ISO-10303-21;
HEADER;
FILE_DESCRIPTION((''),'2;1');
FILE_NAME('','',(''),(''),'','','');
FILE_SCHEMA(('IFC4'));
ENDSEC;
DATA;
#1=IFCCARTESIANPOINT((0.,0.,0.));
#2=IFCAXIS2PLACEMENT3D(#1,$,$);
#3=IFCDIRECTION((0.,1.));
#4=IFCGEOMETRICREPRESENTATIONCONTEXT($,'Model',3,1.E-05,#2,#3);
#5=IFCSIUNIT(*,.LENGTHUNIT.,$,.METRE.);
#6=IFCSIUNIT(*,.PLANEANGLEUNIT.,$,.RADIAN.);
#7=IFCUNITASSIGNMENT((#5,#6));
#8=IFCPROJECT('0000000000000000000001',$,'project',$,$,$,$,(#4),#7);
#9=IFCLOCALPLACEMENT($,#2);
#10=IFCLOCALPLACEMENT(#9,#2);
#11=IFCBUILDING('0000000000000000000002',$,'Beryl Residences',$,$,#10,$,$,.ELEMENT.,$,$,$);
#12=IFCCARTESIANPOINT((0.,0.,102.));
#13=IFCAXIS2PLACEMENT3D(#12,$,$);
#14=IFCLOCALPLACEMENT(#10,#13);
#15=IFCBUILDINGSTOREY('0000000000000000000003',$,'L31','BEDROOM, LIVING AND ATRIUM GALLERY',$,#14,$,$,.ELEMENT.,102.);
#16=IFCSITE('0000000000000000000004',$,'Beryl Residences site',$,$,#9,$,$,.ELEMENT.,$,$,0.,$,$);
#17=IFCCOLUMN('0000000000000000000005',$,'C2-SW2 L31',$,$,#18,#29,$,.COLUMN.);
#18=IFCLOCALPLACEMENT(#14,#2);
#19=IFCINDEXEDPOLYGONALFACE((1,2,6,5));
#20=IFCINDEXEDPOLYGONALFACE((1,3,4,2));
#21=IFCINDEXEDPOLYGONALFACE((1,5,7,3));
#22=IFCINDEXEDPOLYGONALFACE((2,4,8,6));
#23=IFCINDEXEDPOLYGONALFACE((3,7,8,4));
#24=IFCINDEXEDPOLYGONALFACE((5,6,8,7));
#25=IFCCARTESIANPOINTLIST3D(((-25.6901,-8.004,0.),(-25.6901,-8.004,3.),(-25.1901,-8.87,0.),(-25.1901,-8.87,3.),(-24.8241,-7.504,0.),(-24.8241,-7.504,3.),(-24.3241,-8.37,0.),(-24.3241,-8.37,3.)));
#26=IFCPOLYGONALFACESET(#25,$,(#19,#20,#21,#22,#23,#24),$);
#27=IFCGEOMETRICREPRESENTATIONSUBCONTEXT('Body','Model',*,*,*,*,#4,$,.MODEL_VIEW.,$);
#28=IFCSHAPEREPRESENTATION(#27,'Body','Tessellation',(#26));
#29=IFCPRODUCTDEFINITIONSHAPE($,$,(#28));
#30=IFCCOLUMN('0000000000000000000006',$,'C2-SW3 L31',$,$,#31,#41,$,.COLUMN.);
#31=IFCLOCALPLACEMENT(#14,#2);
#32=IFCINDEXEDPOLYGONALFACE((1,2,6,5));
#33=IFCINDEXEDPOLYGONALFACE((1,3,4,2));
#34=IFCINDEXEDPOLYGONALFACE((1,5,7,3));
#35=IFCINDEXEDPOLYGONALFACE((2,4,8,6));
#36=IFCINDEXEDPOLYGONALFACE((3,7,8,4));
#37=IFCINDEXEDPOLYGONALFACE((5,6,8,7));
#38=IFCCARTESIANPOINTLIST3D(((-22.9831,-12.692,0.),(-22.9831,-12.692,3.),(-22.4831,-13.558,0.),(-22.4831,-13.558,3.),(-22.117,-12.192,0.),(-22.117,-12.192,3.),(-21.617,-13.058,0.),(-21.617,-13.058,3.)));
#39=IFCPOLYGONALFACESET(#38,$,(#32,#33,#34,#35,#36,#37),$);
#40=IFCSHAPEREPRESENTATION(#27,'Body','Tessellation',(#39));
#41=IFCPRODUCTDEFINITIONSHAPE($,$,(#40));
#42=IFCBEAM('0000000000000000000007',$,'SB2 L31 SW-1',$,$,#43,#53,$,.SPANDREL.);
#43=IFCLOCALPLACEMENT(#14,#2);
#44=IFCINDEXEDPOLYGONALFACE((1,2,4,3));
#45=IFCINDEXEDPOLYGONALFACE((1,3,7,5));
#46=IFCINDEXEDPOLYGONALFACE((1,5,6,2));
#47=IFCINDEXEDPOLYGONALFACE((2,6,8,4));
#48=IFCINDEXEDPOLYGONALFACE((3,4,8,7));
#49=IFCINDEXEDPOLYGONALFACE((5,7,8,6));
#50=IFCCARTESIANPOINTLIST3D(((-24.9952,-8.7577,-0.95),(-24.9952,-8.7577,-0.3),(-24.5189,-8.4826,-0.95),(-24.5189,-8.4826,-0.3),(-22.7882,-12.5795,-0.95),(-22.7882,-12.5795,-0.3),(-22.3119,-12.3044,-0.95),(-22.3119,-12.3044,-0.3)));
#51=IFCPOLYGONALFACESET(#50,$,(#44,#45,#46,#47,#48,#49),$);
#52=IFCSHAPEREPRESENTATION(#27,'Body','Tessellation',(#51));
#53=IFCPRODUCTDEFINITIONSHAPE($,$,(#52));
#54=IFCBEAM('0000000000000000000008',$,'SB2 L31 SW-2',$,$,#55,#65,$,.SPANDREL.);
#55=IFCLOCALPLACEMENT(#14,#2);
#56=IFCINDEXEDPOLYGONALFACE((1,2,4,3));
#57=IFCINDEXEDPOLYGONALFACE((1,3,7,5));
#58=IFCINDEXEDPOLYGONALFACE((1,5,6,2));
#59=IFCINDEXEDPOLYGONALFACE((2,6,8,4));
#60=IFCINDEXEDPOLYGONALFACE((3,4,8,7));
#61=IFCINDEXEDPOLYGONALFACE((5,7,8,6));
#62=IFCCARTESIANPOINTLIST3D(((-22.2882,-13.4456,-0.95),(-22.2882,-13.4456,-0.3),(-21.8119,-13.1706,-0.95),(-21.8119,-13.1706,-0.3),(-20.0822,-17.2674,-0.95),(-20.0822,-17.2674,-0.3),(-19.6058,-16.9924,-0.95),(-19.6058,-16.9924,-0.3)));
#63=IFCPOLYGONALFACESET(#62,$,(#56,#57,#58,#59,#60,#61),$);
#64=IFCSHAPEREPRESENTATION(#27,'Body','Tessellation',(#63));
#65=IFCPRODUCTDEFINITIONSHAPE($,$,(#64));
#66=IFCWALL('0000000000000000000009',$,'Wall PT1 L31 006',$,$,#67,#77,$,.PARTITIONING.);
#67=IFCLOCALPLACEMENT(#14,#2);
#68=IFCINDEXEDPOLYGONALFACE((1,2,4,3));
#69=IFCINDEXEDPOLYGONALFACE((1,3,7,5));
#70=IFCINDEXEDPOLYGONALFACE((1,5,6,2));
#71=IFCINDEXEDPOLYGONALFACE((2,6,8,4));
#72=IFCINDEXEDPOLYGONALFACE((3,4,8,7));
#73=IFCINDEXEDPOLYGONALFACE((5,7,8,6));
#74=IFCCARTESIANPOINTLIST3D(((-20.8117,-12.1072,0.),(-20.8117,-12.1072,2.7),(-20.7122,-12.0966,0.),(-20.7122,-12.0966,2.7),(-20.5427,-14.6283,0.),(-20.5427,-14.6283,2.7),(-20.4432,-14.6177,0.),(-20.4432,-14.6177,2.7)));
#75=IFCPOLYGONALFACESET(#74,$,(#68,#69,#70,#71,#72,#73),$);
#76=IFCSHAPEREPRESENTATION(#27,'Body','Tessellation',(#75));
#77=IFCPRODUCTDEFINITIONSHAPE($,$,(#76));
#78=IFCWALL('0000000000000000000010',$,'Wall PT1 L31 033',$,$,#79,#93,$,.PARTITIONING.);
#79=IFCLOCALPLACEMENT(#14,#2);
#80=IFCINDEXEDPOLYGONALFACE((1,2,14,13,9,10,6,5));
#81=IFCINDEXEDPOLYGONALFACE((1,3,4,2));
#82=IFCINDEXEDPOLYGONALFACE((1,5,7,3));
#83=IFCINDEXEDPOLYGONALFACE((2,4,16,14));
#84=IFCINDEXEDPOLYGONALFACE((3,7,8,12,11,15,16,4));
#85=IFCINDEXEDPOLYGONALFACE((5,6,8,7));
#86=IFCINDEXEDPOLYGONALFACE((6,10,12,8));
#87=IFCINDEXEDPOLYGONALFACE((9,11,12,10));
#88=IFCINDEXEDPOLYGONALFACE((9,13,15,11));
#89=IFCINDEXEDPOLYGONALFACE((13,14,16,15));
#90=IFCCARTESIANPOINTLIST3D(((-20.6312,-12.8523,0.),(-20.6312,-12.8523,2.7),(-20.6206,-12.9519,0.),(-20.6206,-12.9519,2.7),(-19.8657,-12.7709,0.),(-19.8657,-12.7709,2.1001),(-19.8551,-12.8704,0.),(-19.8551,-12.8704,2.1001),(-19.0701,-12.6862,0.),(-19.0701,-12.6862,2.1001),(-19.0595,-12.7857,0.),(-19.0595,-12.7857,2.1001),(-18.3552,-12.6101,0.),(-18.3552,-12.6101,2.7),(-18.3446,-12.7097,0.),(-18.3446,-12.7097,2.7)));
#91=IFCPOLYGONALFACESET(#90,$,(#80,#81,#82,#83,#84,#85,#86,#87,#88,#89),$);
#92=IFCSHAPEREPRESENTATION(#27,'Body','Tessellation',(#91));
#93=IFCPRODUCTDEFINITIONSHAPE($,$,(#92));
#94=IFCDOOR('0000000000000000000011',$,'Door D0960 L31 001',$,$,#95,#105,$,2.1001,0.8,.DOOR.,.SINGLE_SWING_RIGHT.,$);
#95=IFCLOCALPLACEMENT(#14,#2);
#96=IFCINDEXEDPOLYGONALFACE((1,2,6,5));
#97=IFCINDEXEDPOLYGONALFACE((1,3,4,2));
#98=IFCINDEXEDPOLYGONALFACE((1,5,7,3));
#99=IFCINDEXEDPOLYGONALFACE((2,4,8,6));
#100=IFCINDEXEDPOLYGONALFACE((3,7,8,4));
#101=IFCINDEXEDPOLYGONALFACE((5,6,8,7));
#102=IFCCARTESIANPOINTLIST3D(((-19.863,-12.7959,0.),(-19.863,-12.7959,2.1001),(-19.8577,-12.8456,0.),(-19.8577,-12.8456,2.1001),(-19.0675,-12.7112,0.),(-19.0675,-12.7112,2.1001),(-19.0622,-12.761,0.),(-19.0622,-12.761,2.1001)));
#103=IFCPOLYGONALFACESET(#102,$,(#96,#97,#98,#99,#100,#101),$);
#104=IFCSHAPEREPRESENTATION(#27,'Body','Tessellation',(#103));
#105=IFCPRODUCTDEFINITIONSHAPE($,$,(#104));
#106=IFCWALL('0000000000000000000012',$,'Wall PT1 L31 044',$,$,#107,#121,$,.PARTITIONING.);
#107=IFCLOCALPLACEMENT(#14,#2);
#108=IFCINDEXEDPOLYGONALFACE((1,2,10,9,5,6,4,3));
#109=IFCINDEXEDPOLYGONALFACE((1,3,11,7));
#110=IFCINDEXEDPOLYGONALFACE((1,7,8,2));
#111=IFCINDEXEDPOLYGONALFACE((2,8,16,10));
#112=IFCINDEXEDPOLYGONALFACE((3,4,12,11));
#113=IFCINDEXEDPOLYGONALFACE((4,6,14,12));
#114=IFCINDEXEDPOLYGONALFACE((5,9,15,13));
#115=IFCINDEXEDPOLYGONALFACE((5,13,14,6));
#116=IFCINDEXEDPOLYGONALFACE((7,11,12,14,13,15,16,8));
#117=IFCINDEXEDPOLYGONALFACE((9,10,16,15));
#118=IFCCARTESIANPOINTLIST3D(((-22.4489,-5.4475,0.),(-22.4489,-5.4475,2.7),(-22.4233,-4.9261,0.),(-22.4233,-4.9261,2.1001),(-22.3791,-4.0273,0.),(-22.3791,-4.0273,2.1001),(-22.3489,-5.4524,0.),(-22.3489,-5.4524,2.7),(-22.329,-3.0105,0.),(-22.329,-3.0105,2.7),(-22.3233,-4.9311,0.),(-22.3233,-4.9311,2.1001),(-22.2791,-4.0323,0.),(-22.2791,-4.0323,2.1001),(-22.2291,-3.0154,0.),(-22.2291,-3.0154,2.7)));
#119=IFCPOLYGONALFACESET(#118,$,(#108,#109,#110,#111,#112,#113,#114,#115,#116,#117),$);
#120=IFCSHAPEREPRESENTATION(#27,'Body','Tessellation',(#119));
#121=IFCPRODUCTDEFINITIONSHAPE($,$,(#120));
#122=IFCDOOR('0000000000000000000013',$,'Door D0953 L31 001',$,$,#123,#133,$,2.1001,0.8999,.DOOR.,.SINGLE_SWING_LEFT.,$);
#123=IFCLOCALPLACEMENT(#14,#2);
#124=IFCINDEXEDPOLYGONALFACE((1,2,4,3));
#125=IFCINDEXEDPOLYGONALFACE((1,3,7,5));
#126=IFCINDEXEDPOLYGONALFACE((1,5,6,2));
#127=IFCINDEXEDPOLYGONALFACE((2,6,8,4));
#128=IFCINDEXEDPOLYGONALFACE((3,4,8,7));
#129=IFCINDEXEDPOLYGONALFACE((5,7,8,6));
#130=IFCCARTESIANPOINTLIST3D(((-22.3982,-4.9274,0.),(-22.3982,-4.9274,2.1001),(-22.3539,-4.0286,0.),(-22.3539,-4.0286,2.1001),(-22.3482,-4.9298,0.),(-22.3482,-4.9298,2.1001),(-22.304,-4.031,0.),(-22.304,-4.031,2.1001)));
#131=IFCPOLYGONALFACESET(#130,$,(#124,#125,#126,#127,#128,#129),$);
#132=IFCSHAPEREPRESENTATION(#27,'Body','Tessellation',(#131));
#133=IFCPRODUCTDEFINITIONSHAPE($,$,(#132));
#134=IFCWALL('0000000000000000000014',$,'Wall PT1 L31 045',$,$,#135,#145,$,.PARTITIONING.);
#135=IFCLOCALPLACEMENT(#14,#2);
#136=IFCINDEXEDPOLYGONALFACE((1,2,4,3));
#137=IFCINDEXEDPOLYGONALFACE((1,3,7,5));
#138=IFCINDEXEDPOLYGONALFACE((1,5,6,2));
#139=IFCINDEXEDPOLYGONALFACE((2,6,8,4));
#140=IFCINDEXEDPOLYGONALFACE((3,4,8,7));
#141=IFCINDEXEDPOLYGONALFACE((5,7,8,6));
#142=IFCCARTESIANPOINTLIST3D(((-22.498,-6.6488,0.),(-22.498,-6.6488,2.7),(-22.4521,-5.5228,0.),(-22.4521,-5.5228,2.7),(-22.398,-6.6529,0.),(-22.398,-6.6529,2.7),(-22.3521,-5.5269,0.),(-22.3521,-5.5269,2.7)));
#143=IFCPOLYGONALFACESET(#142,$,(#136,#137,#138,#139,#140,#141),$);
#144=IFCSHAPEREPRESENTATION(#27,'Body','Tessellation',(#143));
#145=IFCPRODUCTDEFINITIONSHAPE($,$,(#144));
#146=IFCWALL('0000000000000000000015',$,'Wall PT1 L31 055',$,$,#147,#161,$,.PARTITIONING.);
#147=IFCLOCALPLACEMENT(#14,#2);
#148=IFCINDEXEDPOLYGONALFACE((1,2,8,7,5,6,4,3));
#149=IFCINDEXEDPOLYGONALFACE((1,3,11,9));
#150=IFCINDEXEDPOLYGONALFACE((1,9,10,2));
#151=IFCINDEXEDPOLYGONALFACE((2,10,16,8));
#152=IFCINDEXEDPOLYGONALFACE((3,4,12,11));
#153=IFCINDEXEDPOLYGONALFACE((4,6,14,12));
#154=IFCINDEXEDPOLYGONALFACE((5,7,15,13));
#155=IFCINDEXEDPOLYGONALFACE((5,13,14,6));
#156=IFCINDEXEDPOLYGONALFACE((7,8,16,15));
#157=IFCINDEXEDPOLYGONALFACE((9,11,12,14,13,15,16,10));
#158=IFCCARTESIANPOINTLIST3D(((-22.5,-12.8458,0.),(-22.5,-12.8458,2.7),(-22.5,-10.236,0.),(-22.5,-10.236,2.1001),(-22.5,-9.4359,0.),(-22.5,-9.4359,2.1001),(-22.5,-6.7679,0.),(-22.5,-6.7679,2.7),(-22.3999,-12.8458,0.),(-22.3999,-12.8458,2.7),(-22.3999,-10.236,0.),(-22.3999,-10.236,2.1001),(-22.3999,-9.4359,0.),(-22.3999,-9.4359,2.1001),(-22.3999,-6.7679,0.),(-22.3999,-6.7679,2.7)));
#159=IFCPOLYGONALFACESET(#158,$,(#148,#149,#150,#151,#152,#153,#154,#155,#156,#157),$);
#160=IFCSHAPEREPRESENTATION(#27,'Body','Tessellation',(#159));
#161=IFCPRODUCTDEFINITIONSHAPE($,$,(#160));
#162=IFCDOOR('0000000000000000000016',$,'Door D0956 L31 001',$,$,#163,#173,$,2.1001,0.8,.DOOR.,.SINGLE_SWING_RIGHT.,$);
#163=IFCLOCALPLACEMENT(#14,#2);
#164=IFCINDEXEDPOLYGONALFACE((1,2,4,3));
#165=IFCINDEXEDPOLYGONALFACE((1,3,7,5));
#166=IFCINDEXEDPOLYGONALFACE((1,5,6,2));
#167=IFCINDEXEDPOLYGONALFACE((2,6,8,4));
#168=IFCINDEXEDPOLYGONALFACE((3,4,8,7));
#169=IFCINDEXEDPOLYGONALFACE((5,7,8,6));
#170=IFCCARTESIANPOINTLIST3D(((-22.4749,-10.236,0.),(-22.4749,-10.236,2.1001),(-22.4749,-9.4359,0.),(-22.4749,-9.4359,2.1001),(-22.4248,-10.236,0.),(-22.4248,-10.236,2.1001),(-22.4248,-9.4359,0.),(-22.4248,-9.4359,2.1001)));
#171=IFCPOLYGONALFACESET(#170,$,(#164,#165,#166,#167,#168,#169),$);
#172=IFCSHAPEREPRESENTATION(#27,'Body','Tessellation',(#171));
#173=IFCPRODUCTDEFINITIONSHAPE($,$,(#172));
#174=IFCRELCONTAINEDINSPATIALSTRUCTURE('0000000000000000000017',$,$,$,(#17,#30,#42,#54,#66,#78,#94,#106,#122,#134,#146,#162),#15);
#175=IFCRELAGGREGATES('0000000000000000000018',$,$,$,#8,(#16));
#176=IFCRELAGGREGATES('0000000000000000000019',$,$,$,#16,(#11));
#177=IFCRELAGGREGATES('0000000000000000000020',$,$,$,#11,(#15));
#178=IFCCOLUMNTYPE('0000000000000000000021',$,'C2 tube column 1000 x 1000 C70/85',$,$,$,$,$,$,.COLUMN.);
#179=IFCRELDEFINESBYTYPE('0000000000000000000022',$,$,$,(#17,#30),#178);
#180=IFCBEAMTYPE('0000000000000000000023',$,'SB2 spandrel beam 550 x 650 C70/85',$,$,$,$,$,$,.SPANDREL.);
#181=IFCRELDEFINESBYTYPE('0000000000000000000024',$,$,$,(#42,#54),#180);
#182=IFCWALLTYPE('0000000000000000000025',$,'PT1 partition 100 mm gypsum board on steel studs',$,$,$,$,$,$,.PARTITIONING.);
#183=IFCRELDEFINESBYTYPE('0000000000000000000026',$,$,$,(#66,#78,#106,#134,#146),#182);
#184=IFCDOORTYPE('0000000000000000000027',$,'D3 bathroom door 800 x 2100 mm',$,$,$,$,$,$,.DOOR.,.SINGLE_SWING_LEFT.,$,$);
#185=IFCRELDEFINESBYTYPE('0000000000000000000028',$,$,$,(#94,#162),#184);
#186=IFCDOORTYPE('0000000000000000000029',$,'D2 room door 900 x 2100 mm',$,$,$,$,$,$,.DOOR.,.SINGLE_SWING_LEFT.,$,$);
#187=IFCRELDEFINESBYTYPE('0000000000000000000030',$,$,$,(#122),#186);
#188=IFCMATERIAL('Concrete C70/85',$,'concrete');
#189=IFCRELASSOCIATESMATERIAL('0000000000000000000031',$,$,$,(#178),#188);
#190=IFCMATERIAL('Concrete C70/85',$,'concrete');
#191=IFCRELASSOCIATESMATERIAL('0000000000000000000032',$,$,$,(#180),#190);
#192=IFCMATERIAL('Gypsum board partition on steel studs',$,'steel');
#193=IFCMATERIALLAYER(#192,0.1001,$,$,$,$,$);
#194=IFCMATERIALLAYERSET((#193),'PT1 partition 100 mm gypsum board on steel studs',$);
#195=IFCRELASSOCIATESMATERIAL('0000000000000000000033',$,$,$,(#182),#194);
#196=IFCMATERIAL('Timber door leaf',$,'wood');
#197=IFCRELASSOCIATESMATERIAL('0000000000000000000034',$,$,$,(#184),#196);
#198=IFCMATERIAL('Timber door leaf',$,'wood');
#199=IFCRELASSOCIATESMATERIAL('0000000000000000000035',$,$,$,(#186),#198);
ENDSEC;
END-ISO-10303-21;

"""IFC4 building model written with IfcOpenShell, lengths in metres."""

from ifc_helpers import new_model, si_unit, direction, frame, frame_2d, origin, origin_2d, place, context, subcontext, project, spatial, rectangle, extrude, material, layer, layer_set, material_profile, profile_set, type_object, element, fill, save


model = new_model("IFC4")

# Units and contexts
model_context = context("Model", 3, precision=1e-05, world=origin(), true_north=direction((0.0, 1.0)))
body_context = subcontext(model_context, "Body", "Model", "MODEL_VIEW")
ifc_project = project(units=[si_unit("LENGTHUNIT", "METRE"), si_unit("PLANEANGLEUNIT", "RADIAN")], contexts=[model_context])

# Site, building, storey
site_placement = place(None, origin())
site = spatial("IfcSite", under=ifc_project, at=site_placement, Name="Beryl Residences site", CompositionType="ELEMENT", RefElevation=0.0)
building_placement = place(site_placement, origin())
building = spatial("IfcBuilding", under=site, at=building_placement, Name="Beryl Residences", CompositionType="ELEMENT")
storey_placement = place(building_placement, frame((0.0, 0.0, 102.0)))
storey = spatial("IfcBuildingStorey", under=building, at=storey_placement, Name="L31", Description="BEDROOM, LIVING AND ATRIUM GALLERY", CompositionType="ELEMENT", Elevation=102.0)

# Columns
ifc_material_1 = material(Name="Concrete C70/85", Category="concrete")
ifc_material_profile_1 = material_profile(ifc_material_1, rectangle(XDim=1.0, YDim=1.0, at=origin_2d()))
ifc_profile_set_1 = profile_set([ifc_material_profile_1], Name="Concrete C70/85")
column_type = type_object("IfcColumnType", Name="C2 tube column 1000 x 1000 C70/85", PredefinedType="COLUMN", material=ifc_profile_set_1)
for number, where, z_axis, x_axis, name in (
    (1, (-25.0071, -8.187, 0.0), (0.0, 0.0, 1.0), (0.5, -0.866025, 0.0), "C2-SW2 L31"),
    (2, (-22.3, -12.875, 0.0), (0.0, 0.0, 1.0), (0.5, -0.866025, 0.0), "C2-SW3 L31"),
):
    element("IfcColumn", number, at=place(storey_placement, frame(where, z_axis=z_axis, x_axis=x_axis)), inside=storey, type_object=column_type, Name=name, PredefinedType="COLUMN", context=body_context, shape_type="SweptSolid", body=[
        extrude(rectangle(XDim=1.0, YDim=1.0, at=origin_2d()), origin(), (0.0, 0.0, 1.0), 3.0),
    ])

# Beams
ifc_material_2 = material(Name="Concrete C70/85", Category="concrete")
ifc_material_profile_2 = material_profile(ifc_material_2, rectangle(XDim=0.55, YDim=0.6499, at=origin_2d()))
ifc_profile_set_2 = profile_set([ifc_material_profile_2], Name="Concrete C70/85")
beam_type = type_object("IfcBeamType", Name="SB2 spandrel beam 550 x 650 C70/85", PredefinedType="SPANDREL", material=ifc_profile_set_2)
beam_1_placement = place(storey_placement, frame((-24.7571, -8.6201, -0.625), z_axis=(0.50009, -0.865974, 0.0), x_axis=(0.865974, 0.50009, 0.0)))
element("IfcBeam", 3, at=beam_1_placement, inside=storey, type_object=beam_type, Name="SB2 L31 SW-1", PredefinedType="SPANDREL", context=body_context, shape_type="SweptSolid", body=[
    extrude(rectangle(XDim=0.55, YDim=0.6499, at=origin_2d()), origin(), (0.0, 0.0, 1.0), 4.4133),
])
beam_2_placement = place(storey_placement, frame((-22.05, -13.3081, -0.625), z_axis=(0.499924, -0.86607, 0.0), x_axis=(0.86607, 0.499924, 0.0)))
element("IfcBeam", 4, at=beam_2_placement, inside=storey, type_object=beam_type, Name="SB2 L31 SW-2", PredefinedType="SPANDREL", context=body_context, shape_type="SweptSolid", body=[
    extrude(rectangle(XDim=0.55, YDim=0.6499, at=origin_2d()), origin(), (0.0, 0.0, 1.0), 4.4128),
])

# Wall
ifc_material_3 = material(Name="Gypsum board partition on steel studs", Category="steel")
ifc_layer_1 = layer(ifc_material_3, 0.1001)
ifc_layer_set_1 = layer_set([ifc_layer_1], Name="PT1 partition 100 mm gypsum board on steel studs")
wall_type_1 = type_object("IfcWallType", Name="PT1 partition 100 mm gypsum board on steel studs", PredefinedType="PARTITIONING", material=ifc_layer_set_1)
wall_1_placement = place(storey_placement, frame((-20.762, -12.1021, 0.0), z_axis=(0.0, 0.0, 1.0), x_axis=(0.106118, -0.994354, 0.0)))
element("IfcWall", 5, at=wall_1_placement, inside=storey, type_object=wall_type_1, Name="Wall PT1 L31 006", PredefinedType="PARTITIONING", context=body_context, shape_type="SweptSolid", body=[
    extrude(rectangle(XDim=2.5354, YDim=0.1001, at=frame_2d((1.2676, 0.0))), origin(), (0.0, 0.0, 1.0), 2.7),
])

# Walls, openings, doors
wall_2_placement = place(storey_placement, frame((-20.626, -12.9021, 0.0), z_axis=(0.0, 0.0, 1.0), x_axis=(0.994386, 0.105817, 0.0)))
wall_2 = element("IfcWall", 6, at=wall_2_placement, inside=storey, type_object=wall_type_1, Name="Wall PT1 L31 033", PredefinedType="PARTITIONING", context=body_context, shape_type="SweptSolid", body=[
    extrude(rectangle(XDim=2.2888, YDim=0.1001, at=frame_2d((1.1445, 0.0))), origin(), (0.0, 0.0, 1.0), 2.7),
])
opening_1_placement = place(wall_2_placement, frame((0.77, 0.0, 0.0)))
opening_1 = element("IfcOpeningElement", 7, at=opening_1_placement, cuts=wall_2, PredefinedType="OPENING", context=body_context, shape_type="SweptSolid", body=[
    extrude(rectangle(XDim=0.8, YDim=2.1001, at=frame_2d((0.3999, 1.05))), frame((0.0, 0.0601, 0.0), z_axis=(0.0, -1.0, 0.0), x_axis=(1.0, 0.0, 0.0)), (0.0, 0.0, 1.0), 0.1201),
])
ifc_material_4 = material(Name="Timber door leaf", Category="wood")
door_type_1 = type_object("IfcDoorType", Name="D3 bathroom door 800 x 2100 mm", OperationType="SINGLE_SWING_LEFT", PredefinedType="DOOR", material=ifc_material_4)
door_1_placement = place(opening_1_placement, origin())
door_1 = element("IfcDoor", 8, at=door_1_placement, inside=storey, type_object=door_type_1, Name="Door D0960 L31 001", OperationType="SINGLE_SWING_RIGHT", OverallHeight=2.1001, OverallWidth=0.8, PredefinedType="DOOR", context=body_context, shape_type="SweptSolid", body=[
    extrude(rectangle(XDim=0.8, YDim=2.1001, at=frame_2d((0.3999, 1.05))), frame((0.0, 0.0249, 0.0), z_axis=(0.0, -1.0, 0.0), x_axis=(1.0, 0.0, 0.0)), (0.0, 0.0, 1.0), 0.05),
])
fill(opening_1, door_1)
wall_3_placement = place(storey_placement, frame((-22.3989, -5.45, 0.0), z_axis=(0.0, 0.0, 1.0), x_axis=(0.049129, 0.998792, 0.0)))
wall_3 = element("IfcWall", 9, at=wall_3_placement, inside=storey, type_object=wall_type_1, Name="Wall PT1 L31 044", PredefinedType="PARTITIONING", context=body_context, shape_type="SweptSolid", body=[
    extrude(rectangle(XDim=2.4399, YDim=0.1001, at=frame_2d((1.22, 0.0))), origin(), (0.0, 0.0, 1.0), 2.7),
])
opening_2_placement = place(wall_3_placement, frame((0.522, 0.0, 0.0)))
opening_2 = element("IfcOpeningElement", 10, at=opening_2_placement, cuts=wall_3, PredefinedType="OPENING", context=body_context, shape_type="SweptSolid", body=[
    extrude(rectangle(XDim=0.8999, YDim=2.1001, at=frame_2d((0.45, 1.05))), frame((0.0, 0.0601, 0.0), z_axis=(0.0, -1.0, 0.0), x_axis=(1.0, 0.0, 0.0)), (0.0, 0.0, 1.0), 0.1201),
])
ifc_material_5 = material(Name="Timber door leaf", Category="wood")
door_type_2 = type_object("IfcDoorType", Name="D2 room door 900 x 2100 mm", OperationType="SINGLE_SWING_LEFT", PredefinedType="DOOR", material=ifc_material_5)
door_2_placement = place(opening_2_placement, origin())
door_2 = element("IfcDoor", 11, at=door_2_placement, inside=storey, type_object=door_type_2, Name="Door D0953 L31 001", OperationType="SINGLE_SWING_LEFT", OverallHeight=2.1001, OverallWidth=0.8999, PredefinedType="DOOR", context=body_context, shape_type="SweptSolid", body=[
    extrude(rectangle(XDim=0.8999, YDim=2.1001, at=frame_2d((0.45, 1.05))), frame((0.0, 0.0249, 0.0), z_axis=(0.0, -1.0, 0.0), x_axis=(1.0, 0.0, 0.0)), (0.0, 0.0, 1.0), 0.05),
])
fill(opening_2, door_2)

# Wall
wall_4_placement = place(storey_placement, frame((-22.448, -6.6509, 0.0), z_axis=(0.0, 0.0, 1.0), x_axis=(0.040729, 0.99917, 0.0)))
element("IfcWall", 12, at=wall_4_placement, inside=storey, type_object=wall_type_1, Name="Wall PT1 L31 045", PredefinedType="PARTITIONING", context=body_context, shape_type="SweptSolid", body=[
    extrude(rectangle(XDim=1.127, YDim=0.1001, at=frame_2d((0.5635, 0.0))), origin(), (0.0, 0.0, 1.0), 2.7),
])

# Wall, opening, door
wall_5_placement = place(storey_placement, frame((-22.45, -12.8459, 0.0), z_axis=(0.0, 0.0, 1.0), x_axis=(0.0, 1.0, 0.0)))
wall_5 = element("IfcWall", 13, at=wall_5_placement, inside=storey, type_object=wall_type_1, Name="Wall PT1 L31 055", PredefinedType="PARTITIONING", context=body_context, shape_type="SweptSolid", body=[
    extrude(rectangle(XDim=6.0779, YDim=0.1001, at=frame_2d((3.0391, 0.0))), origin(), (0.0, 0.0, 1.0), 2.7),
])
opening_3_placement = place(wall_5_placement, frame((2.6101, 0.0, 0.0)))
opening_3 = element("IfcOpeningElement", 14, at=opening_3_placement, cuts=wall_5, PredefinedType="OPENING", context=body_context, shape_type="SweptSolid", body=[
    extrude(rectangle(XDim=0.8, YDim=2.1001, at=frame_2d((0.3999, 1.05))), frame((0.0, 0.0601, 0.0), z_axis=(0.0, -1.0, 0.0), x_axis=(1.0, 0.0, 0.0)), (0.0, 0.0, 1.0), 0.1201),
])
door_3_placement = place(opening_3_placement, origin())
door_3 = element("IfcDoor", 15, at=door_3_placement, inside=storey, type_object=door_type_1, Name="Door D0956 L31 001", OperationType="SINGLE_SWING_RIGHT", OverallHeight=2.1001, OverallWidth=0.8, PredefinedType="DOOR", context=body_context, shape_type="SweptSolid", body=[
    extrude(rectangle(XDim=0.8, YDim=2.1001, at=frame_2d((0.3999, 1.05))), frame((0.0, 0.0249, 0.0), z_axis=(0.0, -1.0, 0.0), x_axis=(1.0, 0.0, 0.0)), (0.0, 0.0, 1.0), 0.05),
])
fill(opening_3, door_3)

save(model, "model.ifc")
